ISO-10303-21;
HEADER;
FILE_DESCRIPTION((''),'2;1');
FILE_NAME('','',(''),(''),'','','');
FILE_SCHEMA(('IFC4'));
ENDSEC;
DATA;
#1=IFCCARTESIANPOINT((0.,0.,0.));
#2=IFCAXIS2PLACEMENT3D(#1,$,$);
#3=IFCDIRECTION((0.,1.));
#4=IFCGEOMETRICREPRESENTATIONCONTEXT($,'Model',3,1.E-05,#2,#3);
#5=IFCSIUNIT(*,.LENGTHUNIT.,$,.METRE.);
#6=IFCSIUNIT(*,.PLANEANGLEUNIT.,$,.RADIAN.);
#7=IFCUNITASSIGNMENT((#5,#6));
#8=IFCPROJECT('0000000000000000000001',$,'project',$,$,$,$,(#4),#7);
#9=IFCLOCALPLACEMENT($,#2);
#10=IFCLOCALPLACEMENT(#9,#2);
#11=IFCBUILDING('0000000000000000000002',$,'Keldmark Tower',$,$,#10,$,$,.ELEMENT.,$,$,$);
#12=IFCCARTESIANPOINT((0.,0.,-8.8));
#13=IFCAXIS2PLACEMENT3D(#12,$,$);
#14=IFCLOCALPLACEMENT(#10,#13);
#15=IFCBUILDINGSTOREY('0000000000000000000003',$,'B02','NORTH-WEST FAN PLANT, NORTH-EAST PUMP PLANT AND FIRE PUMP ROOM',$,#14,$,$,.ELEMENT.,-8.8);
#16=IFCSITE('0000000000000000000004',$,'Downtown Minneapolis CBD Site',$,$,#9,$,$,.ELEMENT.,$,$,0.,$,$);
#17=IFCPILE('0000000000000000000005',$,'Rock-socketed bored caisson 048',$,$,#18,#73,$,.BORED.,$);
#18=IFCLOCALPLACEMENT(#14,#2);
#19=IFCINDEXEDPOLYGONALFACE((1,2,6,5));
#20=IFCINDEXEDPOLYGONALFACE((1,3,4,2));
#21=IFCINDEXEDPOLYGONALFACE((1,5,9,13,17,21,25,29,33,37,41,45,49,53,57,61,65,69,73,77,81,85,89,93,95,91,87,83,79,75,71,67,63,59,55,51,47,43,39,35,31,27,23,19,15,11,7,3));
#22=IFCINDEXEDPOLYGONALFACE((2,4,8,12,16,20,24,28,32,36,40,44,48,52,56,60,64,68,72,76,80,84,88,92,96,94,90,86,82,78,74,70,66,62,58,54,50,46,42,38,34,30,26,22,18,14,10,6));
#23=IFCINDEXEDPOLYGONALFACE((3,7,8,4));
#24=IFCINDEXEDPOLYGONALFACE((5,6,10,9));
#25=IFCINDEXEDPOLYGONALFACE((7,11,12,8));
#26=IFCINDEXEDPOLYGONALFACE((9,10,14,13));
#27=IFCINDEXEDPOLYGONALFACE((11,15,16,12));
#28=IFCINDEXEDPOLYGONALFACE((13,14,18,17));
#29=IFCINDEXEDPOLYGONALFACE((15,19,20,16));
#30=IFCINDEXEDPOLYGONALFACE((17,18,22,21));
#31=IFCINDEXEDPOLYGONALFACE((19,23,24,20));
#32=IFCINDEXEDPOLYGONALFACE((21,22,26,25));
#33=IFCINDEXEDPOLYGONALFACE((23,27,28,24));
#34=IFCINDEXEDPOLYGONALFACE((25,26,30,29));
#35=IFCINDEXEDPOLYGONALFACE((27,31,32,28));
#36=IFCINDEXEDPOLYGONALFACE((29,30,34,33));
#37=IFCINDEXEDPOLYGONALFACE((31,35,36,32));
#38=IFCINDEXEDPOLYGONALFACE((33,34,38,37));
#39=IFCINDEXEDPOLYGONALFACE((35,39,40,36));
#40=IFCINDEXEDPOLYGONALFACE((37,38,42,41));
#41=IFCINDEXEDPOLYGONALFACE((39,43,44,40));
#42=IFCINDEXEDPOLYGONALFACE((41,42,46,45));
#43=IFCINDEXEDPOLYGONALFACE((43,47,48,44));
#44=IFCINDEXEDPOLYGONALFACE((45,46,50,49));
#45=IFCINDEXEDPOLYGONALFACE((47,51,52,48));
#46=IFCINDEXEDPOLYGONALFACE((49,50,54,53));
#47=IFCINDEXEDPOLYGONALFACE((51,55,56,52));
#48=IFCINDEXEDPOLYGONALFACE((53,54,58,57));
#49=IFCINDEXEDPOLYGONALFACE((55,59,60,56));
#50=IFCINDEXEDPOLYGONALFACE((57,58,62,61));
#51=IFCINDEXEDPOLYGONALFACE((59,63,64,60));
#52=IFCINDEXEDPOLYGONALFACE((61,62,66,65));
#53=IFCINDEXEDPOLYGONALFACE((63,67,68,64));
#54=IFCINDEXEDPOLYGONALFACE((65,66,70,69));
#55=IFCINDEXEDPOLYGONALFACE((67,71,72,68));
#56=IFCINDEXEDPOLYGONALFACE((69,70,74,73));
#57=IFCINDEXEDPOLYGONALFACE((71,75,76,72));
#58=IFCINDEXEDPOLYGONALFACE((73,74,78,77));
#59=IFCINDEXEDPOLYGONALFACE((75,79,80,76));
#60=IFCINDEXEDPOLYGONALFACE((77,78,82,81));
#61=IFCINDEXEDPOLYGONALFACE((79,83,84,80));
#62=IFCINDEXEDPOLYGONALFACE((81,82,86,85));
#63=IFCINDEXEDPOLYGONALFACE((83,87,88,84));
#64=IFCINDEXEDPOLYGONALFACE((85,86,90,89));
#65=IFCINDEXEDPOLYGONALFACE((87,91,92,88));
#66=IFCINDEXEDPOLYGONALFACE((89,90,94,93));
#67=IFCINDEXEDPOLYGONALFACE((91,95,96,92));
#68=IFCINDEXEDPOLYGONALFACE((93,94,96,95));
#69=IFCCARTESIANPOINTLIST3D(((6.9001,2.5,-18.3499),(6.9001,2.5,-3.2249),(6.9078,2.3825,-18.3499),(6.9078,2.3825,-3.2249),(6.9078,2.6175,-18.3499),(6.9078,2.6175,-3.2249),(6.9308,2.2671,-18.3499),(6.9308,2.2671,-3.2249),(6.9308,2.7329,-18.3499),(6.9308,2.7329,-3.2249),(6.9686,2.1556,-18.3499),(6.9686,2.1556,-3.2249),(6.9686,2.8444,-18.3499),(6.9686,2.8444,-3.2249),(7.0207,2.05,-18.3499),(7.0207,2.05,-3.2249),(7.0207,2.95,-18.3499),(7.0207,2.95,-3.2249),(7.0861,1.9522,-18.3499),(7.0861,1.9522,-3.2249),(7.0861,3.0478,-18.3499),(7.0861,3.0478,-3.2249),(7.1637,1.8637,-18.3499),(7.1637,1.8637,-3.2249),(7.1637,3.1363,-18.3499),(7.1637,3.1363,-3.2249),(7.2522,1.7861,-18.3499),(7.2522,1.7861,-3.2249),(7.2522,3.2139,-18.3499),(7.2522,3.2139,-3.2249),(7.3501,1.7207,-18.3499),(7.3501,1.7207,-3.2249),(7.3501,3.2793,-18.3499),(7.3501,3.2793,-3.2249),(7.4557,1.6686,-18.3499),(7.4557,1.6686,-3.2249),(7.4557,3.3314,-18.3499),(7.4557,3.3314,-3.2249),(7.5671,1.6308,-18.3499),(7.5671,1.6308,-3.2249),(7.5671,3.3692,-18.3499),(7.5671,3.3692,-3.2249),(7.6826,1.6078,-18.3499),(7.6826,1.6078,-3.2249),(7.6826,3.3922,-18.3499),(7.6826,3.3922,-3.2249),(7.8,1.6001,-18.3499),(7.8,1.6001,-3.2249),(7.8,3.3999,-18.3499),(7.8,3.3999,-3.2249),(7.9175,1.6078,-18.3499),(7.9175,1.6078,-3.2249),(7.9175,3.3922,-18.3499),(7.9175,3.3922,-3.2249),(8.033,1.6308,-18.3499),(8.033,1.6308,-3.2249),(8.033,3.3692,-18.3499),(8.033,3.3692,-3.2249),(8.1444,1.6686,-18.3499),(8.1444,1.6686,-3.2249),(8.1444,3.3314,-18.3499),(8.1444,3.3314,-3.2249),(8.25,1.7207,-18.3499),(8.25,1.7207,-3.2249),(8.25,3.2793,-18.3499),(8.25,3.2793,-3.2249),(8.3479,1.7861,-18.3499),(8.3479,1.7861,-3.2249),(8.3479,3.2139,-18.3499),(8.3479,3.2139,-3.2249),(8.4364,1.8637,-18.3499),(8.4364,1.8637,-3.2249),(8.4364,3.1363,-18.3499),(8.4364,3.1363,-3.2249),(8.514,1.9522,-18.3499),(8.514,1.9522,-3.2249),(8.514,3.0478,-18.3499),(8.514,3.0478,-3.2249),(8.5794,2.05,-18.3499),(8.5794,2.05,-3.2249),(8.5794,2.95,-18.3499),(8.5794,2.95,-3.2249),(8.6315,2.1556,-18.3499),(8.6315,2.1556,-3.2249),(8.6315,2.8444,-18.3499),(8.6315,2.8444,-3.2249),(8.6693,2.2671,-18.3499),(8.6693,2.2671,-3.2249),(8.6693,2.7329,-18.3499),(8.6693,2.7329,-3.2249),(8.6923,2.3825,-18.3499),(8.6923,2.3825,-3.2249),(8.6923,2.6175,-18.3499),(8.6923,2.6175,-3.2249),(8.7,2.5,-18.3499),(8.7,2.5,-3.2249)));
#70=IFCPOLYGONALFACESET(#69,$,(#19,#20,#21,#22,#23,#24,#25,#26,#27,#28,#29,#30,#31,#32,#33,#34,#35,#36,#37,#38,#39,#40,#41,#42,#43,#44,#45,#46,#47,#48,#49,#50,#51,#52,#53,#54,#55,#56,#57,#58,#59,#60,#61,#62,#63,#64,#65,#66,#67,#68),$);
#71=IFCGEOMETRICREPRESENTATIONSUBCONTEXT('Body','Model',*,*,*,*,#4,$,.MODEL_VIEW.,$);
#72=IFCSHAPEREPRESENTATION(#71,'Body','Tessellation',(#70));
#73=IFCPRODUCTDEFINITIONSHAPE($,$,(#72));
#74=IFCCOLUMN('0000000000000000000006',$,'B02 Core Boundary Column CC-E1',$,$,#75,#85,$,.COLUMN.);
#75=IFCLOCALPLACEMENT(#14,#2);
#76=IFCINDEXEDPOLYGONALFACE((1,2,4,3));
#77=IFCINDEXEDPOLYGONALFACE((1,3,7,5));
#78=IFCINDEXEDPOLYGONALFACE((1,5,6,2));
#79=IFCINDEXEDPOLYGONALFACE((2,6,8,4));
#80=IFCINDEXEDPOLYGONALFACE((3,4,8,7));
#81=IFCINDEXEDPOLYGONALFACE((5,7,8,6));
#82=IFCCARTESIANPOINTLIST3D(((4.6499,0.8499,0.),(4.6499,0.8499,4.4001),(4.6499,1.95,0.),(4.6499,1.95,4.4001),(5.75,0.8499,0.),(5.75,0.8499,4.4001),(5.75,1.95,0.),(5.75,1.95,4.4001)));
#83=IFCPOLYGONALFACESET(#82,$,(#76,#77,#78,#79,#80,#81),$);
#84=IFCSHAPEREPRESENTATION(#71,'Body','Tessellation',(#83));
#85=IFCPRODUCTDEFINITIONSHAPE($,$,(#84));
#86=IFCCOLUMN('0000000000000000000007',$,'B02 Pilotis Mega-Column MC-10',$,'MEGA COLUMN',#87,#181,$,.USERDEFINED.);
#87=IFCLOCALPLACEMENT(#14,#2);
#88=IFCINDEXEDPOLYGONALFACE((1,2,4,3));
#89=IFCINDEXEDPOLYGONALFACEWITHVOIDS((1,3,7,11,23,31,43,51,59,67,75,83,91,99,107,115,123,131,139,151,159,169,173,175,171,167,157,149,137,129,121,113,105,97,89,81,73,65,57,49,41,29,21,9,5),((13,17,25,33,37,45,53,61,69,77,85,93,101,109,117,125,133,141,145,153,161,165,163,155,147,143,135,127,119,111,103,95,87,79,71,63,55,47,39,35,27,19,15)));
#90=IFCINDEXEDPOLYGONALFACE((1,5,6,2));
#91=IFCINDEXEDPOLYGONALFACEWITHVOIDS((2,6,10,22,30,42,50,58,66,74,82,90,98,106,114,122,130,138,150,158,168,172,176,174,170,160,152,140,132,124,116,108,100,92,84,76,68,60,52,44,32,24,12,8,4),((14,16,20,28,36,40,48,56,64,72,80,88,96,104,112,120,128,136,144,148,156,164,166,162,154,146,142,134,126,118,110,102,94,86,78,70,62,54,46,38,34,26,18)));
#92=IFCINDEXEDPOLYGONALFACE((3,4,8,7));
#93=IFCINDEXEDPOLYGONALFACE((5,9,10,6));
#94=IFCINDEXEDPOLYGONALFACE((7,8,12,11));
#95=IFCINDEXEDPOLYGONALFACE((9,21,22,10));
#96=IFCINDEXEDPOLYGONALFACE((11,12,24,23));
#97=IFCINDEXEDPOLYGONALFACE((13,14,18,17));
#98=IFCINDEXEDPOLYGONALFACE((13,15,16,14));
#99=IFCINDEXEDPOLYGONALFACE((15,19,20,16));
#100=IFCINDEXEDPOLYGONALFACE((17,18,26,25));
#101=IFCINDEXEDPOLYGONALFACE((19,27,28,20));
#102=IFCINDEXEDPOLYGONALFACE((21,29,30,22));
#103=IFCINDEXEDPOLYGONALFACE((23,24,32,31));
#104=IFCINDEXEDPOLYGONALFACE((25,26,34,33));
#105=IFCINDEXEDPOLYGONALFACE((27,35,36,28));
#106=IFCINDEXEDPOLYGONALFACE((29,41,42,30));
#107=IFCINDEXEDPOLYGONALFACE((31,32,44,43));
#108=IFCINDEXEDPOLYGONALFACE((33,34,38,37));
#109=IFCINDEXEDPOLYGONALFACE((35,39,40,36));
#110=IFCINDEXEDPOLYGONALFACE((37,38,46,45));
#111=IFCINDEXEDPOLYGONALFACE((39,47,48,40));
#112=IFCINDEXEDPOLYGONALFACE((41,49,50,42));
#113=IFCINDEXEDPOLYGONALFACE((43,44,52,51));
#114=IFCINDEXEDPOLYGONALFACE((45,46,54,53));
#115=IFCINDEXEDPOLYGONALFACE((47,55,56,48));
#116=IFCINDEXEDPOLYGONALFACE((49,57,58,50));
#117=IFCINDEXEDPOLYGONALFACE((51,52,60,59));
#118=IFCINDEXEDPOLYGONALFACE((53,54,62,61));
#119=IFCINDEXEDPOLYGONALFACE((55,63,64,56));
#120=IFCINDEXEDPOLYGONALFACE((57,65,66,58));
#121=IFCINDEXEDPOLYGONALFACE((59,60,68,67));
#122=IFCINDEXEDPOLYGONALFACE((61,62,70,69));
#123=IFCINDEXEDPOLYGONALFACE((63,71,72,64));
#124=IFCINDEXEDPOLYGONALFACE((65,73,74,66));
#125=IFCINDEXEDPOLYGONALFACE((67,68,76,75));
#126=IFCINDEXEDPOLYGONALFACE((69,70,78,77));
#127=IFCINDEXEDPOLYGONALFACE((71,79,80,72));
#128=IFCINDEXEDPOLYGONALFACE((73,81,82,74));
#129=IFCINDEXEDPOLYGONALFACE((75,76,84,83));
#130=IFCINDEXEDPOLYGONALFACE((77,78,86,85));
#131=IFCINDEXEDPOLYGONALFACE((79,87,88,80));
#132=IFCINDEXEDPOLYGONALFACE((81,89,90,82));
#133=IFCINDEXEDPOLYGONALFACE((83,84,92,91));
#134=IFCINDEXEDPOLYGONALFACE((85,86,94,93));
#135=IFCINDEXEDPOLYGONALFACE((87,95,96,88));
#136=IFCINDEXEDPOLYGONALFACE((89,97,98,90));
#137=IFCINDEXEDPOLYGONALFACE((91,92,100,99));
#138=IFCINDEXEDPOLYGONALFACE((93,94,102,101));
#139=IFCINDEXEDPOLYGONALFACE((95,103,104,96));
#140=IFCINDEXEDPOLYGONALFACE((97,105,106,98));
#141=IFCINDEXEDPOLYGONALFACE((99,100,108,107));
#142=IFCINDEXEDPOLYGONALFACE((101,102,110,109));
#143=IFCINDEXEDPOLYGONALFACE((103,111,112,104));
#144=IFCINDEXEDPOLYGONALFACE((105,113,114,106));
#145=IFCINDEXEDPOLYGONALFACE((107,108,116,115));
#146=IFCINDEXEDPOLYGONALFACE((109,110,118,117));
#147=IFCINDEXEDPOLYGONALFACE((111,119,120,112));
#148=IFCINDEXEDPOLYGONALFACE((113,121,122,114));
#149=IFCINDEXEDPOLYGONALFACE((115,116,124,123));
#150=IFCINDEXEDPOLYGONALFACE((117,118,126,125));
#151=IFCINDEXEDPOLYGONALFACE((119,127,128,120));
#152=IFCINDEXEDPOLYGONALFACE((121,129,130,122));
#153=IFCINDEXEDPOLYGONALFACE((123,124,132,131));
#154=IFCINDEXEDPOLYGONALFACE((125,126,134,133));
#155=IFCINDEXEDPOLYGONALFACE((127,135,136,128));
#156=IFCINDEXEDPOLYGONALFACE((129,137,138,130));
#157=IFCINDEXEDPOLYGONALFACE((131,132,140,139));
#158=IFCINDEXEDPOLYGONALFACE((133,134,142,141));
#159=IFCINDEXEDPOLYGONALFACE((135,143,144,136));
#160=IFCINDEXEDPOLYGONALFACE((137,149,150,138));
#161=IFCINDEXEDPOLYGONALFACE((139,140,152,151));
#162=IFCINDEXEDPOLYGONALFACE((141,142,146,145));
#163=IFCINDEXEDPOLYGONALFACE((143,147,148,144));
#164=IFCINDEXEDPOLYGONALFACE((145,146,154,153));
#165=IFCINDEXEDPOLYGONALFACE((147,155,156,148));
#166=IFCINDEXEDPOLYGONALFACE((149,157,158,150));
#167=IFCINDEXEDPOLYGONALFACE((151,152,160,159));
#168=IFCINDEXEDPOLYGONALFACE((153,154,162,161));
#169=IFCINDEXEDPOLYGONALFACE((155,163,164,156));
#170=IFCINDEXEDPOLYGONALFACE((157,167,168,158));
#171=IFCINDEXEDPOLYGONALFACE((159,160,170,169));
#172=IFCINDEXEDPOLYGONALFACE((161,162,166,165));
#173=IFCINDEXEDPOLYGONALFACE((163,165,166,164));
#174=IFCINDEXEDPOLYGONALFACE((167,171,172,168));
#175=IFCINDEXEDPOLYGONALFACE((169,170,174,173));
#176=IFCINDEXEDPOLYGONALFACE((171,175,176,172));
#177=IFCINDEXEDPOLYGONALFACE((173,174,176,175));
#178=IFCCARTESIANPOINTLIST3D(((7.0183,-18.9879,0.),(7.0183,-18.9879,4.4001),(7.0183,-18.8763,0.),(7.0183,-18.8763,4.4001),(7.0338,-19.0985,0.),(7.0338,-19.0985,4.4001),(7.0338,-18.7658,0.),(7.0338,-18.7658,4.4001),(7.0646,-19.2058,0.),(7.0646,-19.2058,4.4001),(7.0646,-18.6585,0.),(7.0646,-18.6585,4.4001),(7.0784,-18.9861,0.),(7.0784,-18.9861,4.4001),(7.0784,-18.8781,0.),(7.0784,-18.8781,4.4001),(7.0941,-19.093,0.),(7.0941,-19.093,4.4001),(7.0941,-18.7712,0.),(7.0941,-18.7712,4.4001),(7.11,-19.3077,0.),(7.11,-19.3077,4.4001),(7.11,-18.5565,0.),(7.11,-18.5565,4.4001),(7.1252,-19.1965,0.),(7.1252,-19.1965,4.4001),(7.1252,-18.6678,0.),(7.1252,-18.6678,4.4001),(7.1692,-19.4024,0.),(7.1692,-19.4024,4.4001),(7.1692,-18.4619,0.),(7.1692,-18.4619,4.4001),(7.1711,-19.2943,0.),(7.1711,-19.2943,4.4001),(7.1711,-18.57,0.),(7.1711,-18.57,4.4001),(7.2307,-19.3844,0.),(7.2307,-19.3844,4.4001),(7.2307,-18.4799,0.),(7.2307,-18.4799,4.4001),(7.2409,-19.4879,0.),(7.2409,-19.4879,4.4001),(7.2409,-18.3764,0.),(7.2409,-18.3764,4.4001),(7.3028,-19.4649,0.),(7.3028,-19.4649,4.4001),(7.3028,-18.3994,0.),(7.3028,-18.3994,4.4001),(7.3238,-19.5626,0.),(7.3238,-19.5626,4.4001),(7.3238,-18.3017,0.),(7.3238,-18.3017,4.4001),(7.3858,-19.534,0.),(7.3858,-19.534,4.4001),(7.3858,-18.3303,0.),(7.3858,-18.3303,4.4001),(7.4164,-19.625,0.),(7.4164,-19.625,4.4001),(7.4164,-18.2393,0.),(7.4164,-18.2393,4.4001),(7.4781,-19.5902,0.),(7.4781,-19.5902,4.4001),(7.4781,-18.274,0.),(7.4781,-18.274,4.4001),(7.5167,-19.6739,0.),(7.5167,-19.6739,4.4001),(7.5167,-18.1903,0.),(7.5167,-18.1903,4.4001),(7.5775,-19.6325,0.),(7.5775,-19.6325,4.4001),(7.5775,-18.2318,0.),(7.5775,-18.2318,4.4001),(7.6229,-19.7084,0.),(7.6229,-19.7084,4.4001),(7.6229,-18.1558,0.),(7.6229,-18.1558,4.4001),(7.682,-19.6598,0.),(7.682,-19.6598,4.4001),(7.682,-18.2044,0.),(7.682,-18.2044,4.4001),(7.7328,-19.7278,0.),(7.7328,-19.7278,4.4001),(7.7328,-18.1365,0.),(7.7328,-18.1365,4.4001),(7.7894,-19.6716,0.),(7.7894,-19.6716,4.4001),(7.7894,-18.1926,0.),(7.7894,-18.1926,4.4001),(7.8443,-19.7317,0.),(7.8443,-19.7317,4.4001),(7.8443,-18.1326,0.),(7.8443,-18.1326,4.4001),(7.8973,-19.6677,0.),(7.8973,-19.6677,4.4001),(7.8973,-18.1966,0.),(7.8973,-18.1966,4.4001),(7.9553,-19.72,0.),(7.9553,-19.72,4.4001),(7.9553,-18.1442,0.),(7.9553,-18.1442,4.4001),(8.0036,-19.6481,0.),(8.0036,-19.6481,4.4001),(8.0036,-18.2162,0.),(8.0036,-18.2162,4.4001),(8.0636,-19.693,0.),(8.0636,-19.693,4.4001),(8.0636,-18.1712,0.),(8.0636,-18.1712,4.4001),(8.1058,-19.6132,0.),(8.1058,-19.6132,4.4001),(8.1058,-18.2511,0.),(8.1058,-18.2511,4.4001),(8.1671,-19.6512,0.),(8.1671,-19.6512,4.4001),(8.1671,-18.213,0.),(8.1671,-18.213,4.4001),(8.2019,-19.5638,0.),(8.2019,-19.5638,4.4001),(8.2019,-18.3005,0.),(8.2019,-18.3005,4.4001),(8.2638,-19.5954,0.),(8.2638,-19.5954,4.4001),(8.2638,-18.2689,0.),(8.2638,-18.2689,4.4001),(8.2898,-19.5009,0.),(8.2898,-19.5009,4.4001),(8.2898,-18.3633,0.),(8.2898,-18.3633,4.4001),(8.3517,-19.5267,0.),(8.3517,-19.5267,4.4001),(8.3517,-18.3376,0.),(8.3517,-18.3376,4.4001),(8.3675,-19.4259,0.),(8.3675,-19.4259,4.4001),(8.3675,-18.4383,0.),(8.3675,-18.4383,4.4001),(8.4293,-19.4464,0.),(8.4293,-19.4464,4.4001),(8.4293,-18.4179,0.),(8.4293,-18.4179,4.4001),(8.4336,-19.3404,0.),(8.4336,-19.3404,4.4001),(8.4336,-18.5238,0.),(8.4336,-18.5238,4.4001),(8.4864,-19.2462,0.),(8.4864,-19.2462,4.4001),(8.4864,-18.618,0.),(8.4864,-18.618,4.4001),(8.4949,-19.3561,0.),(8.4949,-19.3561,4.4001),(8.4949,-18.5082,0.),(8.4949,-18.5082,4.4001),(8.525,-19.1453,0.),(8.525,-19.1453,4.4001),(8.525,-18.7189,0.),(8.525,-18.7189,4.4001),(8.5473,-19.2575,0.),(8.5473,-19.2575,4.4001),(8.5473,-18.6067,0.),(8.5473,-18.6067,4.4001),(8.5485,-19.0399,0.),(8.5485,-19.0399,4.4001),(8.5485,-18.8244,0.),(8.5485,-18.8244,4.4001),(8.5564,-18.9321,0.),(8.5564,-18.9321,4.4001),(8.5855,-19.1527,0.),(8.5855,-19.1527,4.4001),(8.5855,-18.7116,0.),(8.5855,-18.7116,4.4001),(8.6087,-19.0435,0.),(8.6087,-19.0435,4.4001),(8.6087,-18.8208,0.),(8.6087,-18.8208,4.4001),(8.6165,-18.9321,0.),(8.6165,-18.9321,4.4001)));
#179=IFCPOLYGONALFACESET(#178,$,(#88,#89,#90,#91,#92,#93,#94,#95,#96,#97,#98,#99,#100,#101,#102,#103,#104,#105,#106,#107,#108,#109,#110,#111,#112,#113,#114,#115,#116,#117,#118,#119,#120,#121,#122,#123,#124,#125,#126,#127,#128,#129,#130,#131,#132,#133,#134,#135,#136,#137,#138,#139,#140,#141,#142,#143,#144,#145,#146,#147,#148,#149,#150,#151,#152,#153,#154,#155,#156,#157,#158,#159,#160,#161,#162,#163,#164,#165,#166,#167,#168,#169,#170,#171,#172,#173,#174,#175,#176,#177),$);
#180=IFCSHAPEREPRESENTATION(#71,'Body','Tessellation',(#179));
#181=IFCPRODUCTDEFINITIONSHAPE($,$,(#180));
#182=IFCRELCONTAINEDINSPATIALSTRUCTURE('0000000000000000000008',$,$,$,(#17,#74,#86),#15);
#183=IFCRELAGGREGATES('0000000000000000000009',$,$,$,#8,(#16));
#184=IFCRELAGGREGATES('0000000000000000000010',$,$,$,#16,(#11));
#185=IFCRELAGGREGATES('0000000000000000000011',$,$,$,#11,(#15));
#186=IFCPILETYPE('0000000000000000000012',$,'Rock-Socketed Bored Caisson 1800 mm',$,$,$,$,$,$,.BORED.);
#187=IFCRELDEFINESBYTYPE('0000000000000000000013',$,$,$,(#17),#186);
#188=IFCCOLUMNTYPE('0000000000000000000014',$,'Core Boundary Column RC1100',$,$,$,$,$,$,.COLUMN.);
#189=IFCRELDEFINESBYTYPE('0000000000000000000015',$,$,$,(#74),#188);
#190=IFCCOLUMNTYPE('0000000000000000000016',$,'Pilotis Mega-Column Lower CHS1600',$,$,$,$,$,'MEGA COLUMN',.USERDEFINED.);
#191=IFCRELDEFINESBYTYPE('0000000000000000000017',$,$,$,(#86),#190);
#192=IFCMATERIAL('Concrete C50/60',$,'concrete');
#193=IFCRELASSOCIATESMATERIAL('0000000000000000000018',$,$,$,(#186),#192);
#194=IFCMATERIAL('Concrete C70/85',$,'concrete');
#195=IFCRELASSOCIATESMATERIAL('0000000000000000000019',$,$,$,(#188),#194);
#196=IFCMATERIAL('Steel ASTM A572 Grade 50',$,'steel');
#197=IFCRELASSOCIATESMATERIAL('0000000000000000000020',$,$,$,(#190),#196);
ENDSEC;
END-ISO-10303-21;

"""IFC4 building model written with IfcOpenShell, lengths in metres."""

from ifc_helpers import new_model, si_unit, direction, frame, origin, origin_2d, place, context, subcontext, project, spatial, rectangle, circle, hollow_circle, extrude, material, material_profile, profile_set, type_object, element, save


model = new_model("IFC4")

# Units and contexts
model_context = context("Model", 3, precision=1e-05, world=origin(), true_north=direction((0.0, 1.0)))
body_context = subcontext(model_context, "Body", "Model", "MODEL_VIEW")
ifc_project = project(units=[si_unit("LENGTHUNIT", "METRE"), si_unit("PLANEANGLEUNIT", "RADIAN")], contexts=[model_context])

# Site, building, storey
site_placement = place(None, origin())
site = spatial("IfcSite", under=ifc_project, at=site_placement, Name="Downtown Minneapolis CBD Site", CompositionType="ELEMENT", RefElevation=0.0)
building_placement = place(site_placement, origin())
building = spatial("IfcBuilding", under=site, at=building_placement, Name="Keldmark Tower", CompositionType="ELEMENT")
storey_placement = place(building_placement, frame((0.0, 0.0, -8.8)))
storey = spatial("IfcBuildingStorey", under=building, at=storey_placement, Name="B02", Description="NORTH-WEST FAN PLANT, NORTH-EAST PUMP PLANT AND FIRE PUMP ROOM", CompositionType="ELEMENT", Elevation=-8.8)

# Pile
ifc_material_1 = material(Name="Concrete C50/60", Category="concrete")
ifc_material_profile_1 = material_profile(ifc_material_1, circle(Radius=0.8999, at=origin_2d()), Name="CAISSON1800")
ifc_profile_set_1 = profile_set([ifc_material_profile_1], Name="Concrete C50/60")
pile_type_1 = type_object("IfcPileType", Name="Rock-Socketed Bored Caisson 1800 mm", PredefinedType="BORED", material=ifc_profile_set_1)
for number, where, z_axis, x_axis, name in (
    (1, (7.8, 2.5, -3.2249), (0.0, 0.0, -1.0), (1.0, 0.0, 0.0), "Rock-socketed bored caisson 048"),
):
    element("IfcPile", number, at=place(storey_placement, frame(where, z_axis=z_axis, x_axis=x_axis)), inside=storey, type_object=pile_type_1, Name=name, PredefinedType="BORED", context=body_context, shape_type="SweptSolid", body=[
        extrude(circle(Radius=0.8999, at=origin_2d()), origin(), (0.0, 0.0, 1.0), 15.125),
    ])

# Columns
ifc_material_2 = material(Name="Concrete C70/85", Category="concrete")
ifc_material_profile_2 = material_profile(ifc_material_2, rectangle(XDim=1.1001, YDim=1.1001, at=origin_2d()), Name="RC1100X1100")
ifc_profile_set_2 = profile_set([ifc_material_profile_2], Name="Concrete C70/85")
column_type_1 = type_object("IfcColumnType", Name="Core Boundary Column RC1100", PredefinedType="COLUMN", material=ifc_profile_set_2)
column_1_placement = place(storey_placement, frame((5.2, 1.3999, 0.0), z_axis=(0.0, 0.0, 1.0), x_axis=(1.0, 0.0, 0.0)))
element("IfcColumn", 2, at=column_1_placement, inside=storey, type_object=column_type_1, Name="B02 Core Boundary Column CC-E1", PredefinedType="COLUMN", context=body_context, shape_type="SweptSolid", body=[
    extrude(rectangle(XDim=1.1001, YDim=1.1001, at=origin_2d()), origin(), (0.0, 0.0, 1.0), 4.4001),
])
ifc_material_3 = material(Name="Steel ASTM A572 Grade 50", Category="steel")
ifc_material_profile_3 = material_profile(ifc_material_3, hollow_circle(Radius=0.8, WallThickness=0.0601, at=origin_2d()), Name="CHS1600X60")
ifc_profile_set_3 = profile_set([ifc_material_profile_3], Name="Steel ASTM A572 Grade 50")
column_type_2 = type_object("IfcColumnType", Name="Pilotis Mega-Column Lower CHS1600", ElementType="MEGA COLUMN", PredefinedType="USERDEFINED", material=ifc_profile_set_3)
column_2_placement = place(storey_placement, frame((7.8164, -18.9321, 0.0), z_axis=(0.0, 0.0, 1.0), x_axis=(1.0, 0.0, 0.0)))
element("IfcColumn", 3, at=column_2_placement, inside=storey, type_object=column_type_2, Name="B02 Pilotis Mega-Column MC-10", ObjectType="MEGA COLUMN", PredefinedType="USERDEFINED", context=body_context, shape_type="SweptSolid", body=[
    extrude(hollow_circle(Radius=0.8, WallThickness=0.0601, at=origin_2d()), origin(), (0.0, 0.0, 1.0), 4.4001),
])

save(model, "model.ifc")
